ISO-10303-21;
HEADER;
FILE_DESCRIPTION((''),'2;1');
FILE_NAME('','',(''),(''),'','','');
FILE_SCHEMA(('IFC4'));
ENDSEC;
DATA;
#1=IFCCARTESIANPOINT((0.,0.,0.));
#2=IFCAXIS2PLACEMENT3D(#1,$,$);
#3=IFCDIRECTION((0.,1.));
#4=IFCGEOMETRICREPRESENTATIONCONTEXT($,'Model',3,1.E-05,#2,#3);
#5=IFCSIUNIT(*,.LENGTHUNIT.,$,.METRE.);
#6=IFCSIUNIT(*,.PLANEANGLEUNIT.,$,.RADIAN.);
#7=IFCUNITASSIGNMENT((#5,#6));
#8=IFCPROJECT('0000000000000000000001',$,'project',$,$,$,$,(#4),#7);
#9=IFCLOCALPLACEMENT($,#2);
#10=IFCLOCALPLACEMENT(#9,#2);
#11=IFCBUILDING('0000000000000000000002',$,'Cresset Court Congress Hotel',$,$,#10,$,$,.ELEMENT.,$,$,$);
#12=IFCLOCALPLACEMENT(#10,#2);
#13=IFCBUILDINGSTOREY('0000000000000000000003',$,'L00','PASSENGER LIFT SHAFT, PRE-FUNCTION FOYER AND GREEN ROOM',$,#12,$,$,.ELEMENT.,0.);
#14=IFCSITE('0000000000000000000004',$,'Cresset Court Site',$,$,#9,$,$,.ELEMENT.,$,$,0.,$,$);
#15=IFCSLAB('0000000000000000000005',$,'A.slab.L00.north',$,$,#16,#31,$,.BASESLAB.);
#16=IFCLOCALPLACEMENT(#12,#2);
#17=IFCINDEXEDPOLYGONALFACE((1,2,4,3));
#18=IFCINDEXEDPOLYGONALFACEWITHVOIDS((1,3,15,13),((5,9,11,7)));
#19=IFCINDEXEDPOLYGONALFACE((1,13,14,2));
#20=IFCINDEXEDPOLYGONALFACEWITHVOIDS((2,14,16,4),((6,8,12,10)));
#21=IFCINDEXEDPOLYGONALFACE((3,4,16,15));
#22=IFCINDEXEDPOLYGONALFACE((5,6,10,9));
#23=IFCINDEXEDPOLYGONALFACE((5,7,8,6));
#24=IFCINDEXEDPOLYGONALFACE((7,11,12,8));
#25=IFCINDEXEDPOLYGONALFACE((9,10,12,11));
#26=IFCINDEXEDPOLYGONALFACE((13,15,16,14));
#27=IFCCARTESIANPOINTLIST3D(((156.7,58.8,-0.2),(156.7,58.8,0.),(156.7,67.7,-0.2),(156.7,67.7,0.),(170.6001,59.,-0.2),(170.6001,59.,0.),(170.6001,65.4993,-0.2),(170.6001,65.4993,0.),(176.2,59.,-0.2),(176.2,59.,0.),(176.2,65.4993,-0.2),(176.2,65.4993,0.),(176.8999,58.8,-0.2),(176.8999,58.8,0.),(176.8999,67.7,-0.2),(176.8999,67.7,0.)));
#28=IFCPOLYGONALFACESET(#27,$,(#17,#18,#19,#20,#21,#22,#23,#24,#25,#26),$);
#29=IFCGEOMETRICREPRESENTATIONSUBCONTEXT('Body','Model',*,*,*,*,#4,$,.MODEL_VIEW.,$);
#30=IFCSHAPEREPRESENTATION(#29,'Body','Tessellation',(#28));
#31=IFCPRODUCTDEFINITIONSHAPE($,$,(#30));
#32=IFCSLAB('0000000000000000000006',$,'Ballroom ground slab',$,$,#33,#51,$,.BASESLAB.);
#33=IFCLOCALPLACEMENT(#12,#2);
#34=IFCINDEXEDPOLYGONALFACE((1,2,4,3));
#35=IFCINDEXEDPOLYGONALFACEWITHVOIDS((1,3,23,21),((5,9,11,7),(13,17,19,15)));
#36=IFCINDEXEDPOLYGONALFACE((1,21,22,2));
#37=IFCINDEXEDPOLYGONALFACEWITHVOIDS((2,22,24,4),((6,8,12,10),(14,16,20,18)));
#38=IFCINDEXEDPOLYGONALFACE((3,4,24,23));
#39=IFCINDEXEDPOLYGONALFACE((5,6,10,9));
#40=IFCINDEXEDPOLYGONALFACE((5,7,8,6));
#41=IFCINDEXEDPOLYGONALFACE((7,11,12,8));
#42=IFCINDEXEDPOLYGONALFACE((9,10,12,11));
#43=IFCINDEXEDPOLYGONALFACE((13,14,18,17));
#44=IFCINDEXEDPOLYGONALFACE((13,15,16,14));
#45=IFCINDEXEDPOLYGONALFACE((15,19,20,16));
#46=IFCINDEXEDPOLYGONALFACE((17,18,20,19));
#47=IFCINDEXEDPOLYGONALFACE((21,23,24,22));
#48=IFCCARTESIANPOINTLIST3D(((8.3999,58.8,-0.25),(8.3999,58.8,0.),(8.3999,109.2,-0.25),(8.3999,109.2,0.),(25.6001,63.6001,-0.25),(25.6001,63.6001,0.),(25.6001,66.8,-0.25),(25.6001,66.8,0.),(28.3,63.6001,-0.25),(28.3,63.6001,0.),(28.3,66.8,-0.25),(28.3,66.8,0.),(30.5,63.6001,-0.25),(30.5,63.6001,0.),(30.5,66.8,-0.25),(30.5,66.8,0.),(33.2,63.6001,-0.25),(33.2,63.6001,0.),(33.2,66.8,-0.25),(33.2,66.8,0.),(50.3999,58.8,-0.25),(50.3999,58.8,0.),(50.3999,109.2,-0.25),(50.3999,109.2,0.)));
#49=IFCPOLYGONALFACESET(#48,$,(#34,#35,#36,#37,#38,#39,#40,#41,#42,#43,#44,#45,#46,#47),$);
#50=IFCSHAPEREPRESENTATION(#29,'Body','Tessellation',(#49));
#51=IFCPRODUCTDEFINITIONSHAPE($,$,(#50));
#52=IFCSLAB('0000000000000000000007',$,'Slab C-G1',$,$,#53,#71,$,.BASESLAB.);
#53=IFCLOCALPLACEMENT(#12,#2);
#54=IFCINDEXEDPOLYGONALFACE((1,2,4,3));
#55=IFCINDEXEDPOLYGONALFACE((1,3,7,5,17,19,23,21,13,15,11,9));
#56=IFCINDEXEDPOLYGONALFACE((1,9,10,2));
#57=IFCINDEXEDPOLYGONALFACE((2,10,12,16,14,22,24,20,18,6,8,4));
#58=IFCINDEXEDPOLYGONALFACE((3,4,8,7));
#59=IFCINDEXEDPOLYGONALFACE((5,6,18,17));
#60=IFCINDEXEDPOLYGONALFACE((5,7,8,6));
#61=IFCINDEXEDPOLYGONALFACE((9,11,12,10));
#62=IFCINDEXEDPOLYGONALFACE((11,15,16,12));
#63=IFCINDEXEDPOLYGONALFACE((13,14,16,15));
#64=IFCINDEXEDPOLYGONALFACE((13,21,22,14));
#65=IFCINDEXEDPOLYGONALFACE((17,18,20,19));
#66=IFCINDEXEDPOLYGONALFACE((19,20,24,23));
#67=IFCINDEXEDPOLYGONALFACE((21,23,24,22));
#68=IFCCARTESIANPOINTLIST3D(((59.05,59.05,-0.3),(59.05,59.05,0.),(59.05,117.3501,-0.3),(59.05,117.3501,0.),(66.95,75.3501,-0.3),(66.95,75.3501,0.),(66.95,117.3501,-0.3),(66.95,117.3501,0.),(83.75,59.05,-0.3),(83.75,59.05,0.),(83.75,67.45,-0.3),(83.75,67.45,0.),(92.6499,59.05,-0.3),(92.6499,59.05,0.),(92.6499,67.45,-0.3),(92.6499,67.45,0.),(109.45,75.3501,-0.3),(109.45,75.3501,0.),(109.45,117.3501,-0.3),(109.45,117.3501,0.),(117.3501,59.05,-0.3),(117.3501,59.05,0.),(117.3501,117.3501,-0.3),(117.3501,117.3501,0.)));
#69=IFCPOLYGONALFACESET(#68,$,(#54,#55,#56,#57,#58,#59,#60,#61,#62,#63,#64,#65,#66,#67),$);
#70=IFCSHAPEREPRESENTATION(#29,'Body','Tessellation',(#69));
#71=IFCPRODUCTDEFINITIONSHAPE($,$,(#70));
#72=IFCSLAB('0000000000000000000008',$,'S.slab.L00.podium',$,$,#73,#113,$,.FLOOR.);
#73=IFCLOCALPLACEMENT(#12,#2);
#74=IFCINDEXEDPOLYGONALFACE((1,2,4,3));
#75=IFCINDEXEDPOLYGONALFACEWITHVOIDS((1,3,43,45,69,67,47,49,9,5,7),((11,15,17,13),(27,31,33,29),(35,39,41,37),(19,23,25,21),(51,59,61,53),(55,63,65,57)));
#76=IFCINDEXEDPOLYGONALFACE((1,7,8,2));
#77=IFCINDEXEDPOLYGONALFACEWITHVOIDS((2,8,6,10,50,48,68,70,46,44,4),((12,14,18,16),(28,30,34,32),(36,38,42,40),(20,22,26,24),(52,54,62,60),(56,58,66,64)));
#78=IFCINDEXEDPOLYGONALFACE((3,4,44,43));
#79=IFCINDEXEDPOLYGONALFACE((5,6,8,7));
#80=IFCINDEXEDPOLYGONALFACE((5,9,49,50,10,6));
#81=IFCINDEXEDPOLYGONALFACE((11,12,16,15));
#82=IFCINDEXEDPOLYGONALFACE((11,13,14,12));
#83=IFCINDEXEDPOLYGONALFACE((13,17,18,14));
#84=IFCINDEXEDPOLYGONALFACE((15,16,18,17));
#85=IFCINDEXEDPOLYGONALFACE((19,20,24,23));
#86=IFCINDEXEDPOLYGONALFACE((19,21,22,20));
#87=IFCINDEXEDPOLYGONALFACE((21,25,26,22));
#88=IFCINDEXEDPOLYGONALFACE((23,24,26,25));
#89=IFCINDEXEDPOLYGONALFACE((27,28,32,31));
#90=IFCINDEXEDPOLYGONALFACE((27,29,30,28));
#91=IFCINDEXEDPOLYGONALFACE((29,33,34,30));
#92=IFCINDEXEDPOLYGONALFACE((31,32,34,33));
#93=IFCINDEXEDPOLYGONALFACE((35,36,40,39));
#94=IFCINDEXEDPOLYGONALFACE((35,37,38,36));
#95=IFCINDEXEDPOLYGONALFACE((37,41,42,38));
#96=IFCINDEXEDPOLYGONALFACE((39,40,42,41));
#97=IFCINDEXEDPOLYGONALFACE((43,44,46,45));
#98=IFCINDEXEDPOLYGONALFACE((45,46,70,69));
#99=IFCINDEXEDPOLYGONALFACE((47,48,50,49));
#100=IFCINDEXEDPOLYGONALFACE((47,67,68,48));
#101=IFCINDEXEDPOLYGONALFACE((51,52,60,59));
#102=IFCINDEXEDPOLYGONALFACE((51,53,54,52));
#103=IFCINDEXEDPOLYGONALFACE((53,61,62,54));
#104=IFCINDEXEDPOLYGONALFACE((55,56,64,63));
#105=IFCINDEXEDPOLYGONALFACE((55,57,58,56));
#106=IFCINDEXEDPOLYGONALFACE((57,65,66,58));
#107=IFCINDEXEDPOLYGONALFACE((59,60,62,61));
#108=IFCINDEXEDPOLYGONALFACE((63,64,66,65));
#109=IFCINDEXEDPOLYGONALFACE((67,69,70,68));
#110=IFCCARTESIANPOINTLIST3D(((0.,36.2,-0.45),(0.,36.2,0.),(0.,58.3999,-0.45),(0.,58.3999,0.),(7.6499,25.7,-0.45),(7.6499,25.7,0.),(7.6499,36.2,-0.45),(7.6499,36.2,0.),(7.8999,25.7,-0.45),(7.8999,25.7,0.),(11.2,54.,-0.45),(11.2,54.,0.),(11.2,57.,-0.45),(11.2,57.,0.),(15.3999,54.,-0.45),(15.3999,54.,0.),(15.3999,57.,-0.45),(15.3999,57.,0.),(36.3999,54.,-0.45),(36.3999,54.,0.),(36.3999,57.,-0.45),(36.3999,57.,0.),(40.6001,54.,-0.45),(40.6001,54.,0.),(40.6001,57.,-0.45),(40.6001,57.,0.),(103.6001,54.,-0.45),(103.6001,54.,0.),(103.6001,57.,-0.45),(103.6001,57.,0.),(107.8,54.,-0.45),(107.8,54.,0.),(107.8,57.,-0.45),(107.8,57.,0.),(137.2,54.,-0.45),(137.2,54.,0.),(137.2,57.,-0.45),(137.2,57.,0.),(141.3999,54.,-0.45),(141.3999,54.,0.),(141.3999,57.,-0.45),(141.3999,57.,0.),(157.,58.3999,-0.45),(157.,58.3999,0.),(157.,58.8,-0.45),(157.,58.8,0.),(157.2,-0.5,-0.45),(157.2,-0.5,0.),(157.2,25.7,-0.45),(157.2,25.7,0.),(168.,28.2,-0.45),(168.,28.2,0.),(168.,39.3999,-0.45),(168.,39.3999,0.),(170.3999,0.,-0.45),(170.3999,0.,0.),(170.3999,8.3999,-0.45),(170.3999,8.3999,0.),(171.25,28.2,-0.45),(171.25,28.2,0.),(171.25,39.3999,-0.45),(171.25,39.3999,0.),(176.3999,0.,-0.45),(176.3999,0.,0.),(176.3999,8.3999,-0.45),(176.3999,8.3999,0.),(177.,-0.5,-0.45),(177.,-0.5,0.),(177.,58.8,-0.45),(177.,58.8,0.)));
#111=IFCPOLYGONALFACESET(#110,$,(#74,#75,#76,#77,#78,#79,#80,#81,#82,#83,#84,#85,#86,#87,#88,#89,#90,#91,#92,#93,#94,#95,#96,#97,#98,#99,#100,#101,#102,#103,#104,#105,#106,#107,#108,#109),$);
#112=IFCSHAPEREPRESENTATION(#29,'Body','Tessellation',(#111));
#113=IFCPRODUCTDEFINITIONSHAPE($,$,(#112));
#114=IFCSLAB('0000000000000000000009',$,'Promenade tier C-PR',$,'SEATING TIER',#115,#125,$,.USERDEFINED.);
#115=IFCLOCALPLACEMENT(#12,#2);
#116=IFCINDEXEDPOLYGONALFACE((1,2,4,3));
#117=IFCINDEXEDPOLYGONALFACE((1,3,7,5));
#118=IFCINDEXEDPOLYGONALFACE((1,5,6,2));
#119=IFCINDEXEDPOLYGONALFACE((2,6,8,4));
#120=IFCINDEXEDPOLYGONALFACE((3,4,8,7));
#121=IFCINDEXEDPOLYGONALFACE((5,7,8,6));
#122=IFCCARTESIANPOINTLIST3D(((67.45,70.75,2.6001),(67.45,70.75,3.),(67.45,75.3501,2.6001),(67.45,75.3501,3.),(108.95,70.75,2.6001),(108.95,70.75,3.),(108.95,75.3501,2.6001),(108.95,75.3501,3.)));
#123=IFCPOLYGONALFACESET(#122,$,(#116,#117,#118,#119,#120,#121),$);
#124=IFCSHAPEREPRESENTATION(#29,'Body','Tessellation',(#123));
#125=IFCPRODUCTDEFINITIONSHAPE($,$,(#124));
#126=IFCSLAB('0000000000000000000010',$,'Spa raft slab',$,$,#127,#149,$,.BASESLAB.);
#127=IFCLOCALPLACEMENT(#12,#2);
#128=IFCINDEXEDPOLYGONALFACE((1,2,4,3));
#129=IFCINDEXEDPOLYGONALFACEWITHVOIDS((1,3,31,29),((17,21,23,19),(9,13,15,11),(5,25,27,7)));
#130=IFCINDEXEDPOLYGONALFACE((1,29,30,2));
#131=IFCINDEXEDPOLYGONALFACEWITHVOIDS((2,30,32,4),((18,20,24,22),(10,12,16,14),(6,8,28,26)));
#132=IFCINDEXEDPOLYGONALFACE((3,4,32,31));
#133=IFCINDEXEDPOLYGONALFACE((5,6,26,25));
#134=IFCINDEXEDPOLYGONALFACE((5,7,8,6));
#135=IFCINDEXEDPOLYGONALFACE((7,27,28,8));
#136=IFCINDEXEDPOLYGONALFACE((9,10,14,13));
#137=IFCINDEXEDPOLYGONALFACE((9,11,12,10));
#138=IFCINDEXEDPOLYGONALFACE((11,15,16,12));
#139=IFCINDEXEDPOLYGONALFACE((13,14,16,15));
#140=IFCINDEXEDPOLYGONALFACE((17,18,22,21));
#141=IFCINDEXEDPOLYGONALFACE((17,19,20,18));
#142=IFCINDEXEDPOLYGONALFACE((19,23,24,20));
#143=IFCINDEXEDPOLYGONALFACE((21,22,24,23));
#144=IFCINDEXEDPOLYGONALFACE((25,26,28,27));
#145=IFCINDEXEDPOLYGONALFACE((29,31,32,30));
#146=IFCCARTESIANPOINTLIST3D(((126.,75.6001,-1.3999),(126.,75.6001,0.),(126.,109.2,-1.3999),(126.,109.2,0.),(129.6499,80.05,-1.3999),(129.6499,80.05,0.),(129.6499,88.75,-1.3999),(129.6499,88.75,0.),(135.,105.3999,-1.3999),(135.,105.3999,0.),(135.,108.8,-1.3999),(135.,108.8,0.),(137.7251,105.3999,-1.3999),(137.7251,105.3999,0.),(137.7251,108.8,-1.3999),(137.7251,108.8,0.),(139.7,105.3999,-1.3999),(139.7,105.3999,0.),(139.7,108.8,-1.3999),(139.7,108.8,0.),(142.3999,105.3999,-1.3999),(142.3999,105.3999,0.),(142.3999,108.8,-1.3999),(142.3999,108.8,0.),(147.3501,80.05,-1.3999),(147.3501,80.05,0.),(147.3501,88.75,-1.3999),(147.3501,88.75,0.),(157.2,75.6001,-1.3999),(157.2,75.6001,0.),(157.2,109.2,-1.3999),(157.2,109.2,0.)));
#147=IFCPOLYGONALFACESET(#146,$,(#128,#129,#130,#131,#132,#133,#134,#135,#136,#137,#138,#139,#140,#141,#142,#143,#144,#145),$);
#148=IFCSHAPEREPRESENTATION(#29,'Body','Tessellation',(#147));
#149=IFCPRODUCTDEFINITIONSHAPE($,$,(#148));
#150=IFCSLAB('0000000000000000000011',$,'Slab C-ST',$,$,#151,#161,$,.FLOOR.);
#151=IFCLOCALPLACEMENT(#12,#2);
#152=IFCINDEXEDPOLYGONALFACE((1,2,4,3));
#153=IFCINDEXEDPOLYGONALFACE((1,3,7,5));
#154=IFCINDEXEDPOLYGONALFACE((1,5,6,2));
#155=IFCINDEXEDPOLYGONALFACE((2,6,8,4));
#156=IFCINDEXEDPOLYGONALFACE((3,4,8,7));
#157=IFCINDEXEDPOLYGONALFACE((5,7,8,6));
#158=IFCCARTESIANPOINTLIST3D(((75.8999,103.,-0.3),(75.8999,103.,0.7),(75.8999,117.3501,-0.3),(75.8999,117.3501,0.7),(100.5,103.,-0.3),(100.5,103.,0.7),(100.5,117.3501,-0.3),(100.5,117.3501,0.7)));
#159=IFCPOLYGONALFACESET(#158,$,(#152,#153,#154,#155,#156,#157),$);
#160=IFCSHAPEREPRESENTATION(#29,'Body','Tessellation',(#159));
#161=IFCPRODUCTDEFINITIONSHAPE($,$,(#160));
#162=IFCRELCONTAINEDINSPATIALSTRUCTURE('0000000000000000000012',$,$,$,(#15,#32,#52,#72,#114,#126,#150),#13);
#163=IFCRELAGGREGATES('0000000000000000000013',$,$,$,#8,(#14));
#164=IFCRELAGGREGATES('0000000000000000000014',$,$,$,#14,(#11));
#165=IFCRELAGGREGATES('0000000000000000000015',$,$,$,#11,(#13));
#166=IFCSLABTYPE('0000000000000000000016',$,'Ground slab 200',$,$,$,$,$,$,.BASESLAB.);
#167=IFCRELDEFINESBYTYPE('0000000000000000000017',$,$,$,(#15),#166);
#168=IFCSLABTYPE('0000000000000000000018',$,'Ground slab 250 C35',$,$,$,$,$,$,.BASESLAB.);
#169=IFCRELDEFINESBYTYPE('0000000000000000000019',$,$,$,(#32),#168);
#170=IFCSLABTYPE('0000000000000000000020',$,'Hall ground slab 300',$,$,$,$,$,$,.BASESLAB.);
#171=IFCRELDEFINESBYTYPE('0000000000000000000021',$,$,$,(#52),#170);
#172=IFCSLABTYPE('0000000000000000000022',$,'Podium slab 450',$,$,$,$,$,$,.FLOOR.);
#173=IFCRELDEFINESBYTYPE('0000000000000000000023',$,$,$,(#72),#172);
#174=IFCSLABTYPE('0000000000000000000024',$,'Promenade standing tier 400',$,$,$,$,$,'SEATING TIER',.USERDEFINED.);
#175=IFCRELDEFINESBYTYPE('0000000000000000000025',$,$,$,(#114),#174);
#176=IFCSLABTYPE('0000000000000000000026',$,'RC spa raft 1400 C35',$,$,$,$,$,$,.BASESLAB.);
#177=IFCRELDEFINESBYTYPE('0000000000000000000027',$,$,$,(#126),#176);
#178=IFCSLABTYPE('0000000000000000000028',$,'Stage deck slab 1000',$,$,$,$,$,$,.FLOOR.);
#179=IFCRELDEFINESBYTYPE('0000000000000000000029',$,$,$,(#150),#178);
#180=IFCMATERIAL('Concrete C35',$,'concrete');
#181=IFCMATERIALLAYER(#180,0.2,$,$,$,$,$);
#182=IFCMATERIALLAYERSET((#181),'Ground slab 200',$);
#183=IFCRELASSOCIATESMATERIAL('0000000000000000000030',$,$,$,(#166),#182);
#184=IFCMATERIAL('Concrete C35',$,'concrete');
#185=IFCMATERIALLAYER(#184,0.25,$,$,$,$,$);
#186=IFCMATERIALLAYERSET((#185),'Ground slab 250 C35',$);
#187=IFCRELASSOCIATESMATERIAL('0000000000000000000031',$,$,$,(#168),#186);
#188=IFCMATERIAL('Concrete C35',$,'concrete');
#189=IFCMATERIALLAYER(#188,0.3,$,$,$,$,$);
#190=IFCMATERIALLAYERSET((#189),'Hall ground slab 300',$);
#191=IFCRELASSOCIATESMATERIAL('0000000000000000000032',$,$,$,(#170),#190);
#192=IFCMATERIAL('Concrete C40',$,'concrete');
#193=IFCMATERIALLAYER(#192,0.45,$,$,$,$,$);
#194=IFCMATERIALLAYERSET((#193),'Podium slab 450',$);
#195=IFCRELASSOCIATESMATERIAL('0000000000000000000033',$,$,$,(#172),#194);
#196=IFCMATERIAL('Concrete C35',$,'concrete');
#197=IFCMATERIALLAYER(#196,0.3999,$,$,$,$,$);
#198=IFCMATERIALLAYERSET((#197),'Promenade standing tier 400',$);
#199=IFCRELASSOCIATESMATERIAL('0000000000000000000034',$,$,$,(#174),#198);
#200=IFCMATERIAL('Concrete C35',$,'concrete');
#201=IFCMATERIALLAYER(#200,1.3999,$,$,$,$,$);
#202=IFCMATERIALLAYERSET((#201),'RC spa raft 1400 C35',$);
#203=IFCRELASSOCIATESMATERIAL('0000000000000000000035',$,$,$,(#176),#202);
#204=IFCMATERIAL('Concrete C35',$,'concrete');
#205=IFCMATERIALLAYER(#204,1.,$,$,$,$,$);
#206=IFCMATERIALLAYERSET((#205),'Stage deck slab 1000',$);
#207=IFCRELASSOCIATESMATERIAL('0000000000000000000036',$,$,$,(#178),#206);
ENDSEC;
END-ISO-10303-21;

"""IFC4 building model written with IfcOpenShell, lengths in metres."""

from ifc_helpers import new_model, si_unit, direction, frame, origin, place, context, subcontext, project, spatial, polyline, outline, extrude, material, layer, layer_set, type_object, element, save


model = new_model("IFC4")

# Units and contexts
model_context = context("Model", 3, precision=1e-05, world=origin(), true_north=direction((0.0, 1.0)))
body_context = subcontext(model_context, "Body", "Model", "MODEL_VIEW")
ifc_project = project(units=[si_unit("LENGTHUNIT", "METRE"), si_unit("PLANEANGLEUNIT", "RADIAN")], contexts=[model_context])

# Site, building, storey
site_placement = place(None, origin())
site = spatial("IfcSite", under=ifc_project, at=site_placement, Name="Cresset Court Site", CompositionType="ELEMENT", RefElevation=0.0)
building_placement = place(site_placement, origin())
building = spatial("IfcBuilding", under=site, at=building_placement, Name="Cresset Court Congress Hotel", CompositionType="ELEMENT")
storey_placement = place(building_placement, origin())
storey = spatial("IfcBuildingStorey", under=building, at=storey_placement, Name="L00", Description="PASSENGER LIFT SHAFT, PRE-FUNCTION FOYER AND GREEN ROOM", CompositionType="ELEMENT", Elevation=0.0)

# Slabs
ifc_material_1 = material(Name="Concrete C35", Category="concrete")
ifc_layer_1 = layer(ifc_material_1, 0.2)
ifc_layer_set_1 = layer_set([ifc_layer_1], Name="Ground slab 200")
slab_type_1 = type_object("IfcSlabType", Name="Ground slab 200", PredefinedType="BASESLAB", material=ifc_layer_set_1)
slab_1_placement = place(storey_placement, frame((0.0, 0.0, -0.2)))
element("IfcSlab", 1, at=slab_1_placement, inside=storey, type_object=slab_type_1, Name="A.slab.L00.north", PredefinedType="BASESLAB", context=body_context, shape_type="SweptSolid", body=[
    extrude(outline(polyline([(156.7, 58.8), (176.8999, 58.8), (176.8999, 67.7), (156.7, 67.7), (156.7, 58.8)]), holes=[polyline([(170.6001, 59.0), (176.2, 59.0), (176.2, 65.4993), (170.6001, 65.4993), (170.6001, 59.0)])]), origin(), (0.0, 0.0, 1.0), 0.2),
])
ifc_material_2 = material(Name="Concrete C35", Category="concrete")
ifc_layer_2 = layer(ifc_material_2, 0.25)
ifc_layer_set_2 = layer_set([ifc_layer_2], Name="Ground slab 250 C35")
slab_type_2 = type_object("IfcSlabType", Name="Ground slab 250 C35", PredefinedType="BASESLAB", material=ifc_layer_set_2)
slab_2_placement = place(storey_placement, frame((0.0, 0.0, -0.25)))
element("IfcSlab", 2, at=slab_2_placement, inside=storey, type_object=slab_type_2, Name="Ballroom ground slab", PredefinedType="BASESLAB", context=body_context, shape_type="SweptSolid", body=[
    extrude(outline(polyline([(8.3999, 58.8), (50.3999, 58.8), (50.3999, 109.2), (8.3999, 109.2), (8.3999, 58.8)]), holes=[polyline([(25.6001, 63.6001), (28.3, 63.6001), (28.3, 66.8), (25.6001, 66.8), (25.6001, 63.6001)]), polyline([(30.5, 63.6001), (33.2, 63.6001), (33.2, 66.8), (30.5, 66.8), (30.5, 63.6001)])]), origin(), (0.0, 0.0, 1.0), 0.25),
])
ifc_material_3 = material(Name="Concrete C35", Category="concrete")
ifc_layer_3 = layer(ifc_material_3, 0.3)
ifc_layer_set_3 = layer_set([ifc_layer_3], Name="Hall ground slab 300")
slab_type_3 = type_object("IfcSlabType", Name="Hall ground slab 300", PredefinedType="BASESLAB", material=ifc_layer_set_3)
slab_3_placement = place(storey_placement, frame((0.0, 0.0, -0.3)))
element("IfcSlab", 3, at=slab_3_placement, inside=storey, type_object=slab_type_3, Name="Slab C-G1", PredefinedType="BASESLAB", context=body_context, shape_type="SweptSolid", body=[
    extrude(outline(polyline([(117.3501, 59.05), (92.6499, 59.05), (92.6499, 67.45), (83.75, 67.45), (83.75, 59.05), (59.05, 59.05), (59.05, 117.3501), (66.95, 117.3501), (66.95, 75.3501), (109.45, 75.3501), (109.45, 117.3501), (117.3501, 117.3501), (117.3501, 59.05)])), origin(), (0.0, 0.0, 1.0), 0.3),
])
ifc_material_4 = material(Name="Concrete C40", Category="concrete")
ifc_layer_4 = layer(ifc_material_4, 0.45)
ifc_layer_set_4 = layer_set([ifc_layer_4], Name="Podium slab 450")
slab_type_4 = type_object("IfcSlabType", Name="Podium slab 450", PredefinedType="FLOOR", material=ifc_layer_set_4)
slab_4_placement = place(storey_placement, frame((0.0, 0.0, -0.45)))
element("IfcSlab", 4, at=slab_4_placement, inside=storey, type_object=slab_type_4, Name="S.slab.L00.podium", PredefinedType="FLOOR", context=body_context, shape_type="SweptSolid", body=[
    extrude(outline(polyline([(7.6499, 36.2), (0.0, 36.2), (0.0, 58.3999), (157.0, 58.3999), (157.0, 58.8), (177.0, 58.8), (177.0, -0.5), (157.2, -0.5), (157.2, 25.7), (7.8999, 25.7), (7.6499, 25.7), (7.6499, 36.2)]), holes=[polyline([(11.2, 57.0), (15.3999, 57.0), (15.3999, 54.0), (11.2, 54.0), (11.2, 57.0)]), polyline([(36.3999, 57.0), (40.6001, 57.0), (40.6001, 54.0), (36.3999, 54.0), (36.3999, 57.0)]), polyline([(103.6001, 57.0), (107.8, 57.0), (107.8, 54.0), (103.6001, 54.0), (103.6001, 57.0)]), polyline([(137.2, 57.0), (141.3999, 57.0), (141.3999, 54.0), (137.2, 54.0), (137.2, 57.0)]), polyline([(168.0, 39.3999), (171.25, 39.3999), (171.25, 28.2), (168.0, 28.2), (168.0, 39.3999)]), polyline([(170.3999, 0.0), (170.3999, 8.3999), (176.3999, 8.3999), (176.3999, 0.0), (170.3999, 0.0)])]), origin(), (0.0, 0.0, 1.0), 0.45),
])
ifc_material_5 = material(Name="Concrete C35", Category="concrete")
ifc_layer_5 = layer(ifc_material_5, 0.3999)
ifc_layer_set_5 = layer_set([ifc_layer_5], Name="Promenade standing tier 400")
slab_type_5 = type_object("IfcSlabType", Name="Promenade standing tier 400", ElementType="SEATING TIER", PredefinedType="USERDEFINED", material=ifc_layer_set_5)
slab_5_placement = place(storey_placement, frame((0.0, 0.0, 2.6001)))
element("IfcSlab", 5, at=slab_5_placement, inside=storey, type_object=slab_type_5, Name="Promenade tier C-PR", ObjectType="SEATING TIER", PredefinedType="USERDEFINED", context=body_context, shape_type="SweptSolid", body=[
    extrude(outline(polyline([(108.95, 70.75), (108.95, 75.3501), (67.45, 75.3501), (67.45, 70.75), (108.95, 70.75)])), origin(), (0.0, 0.0, 1.0), 0.3999),
])
ifc_material_6 = material(Name="Concrete C35", Category="concrete")
ifc_layer_6 = layer(ifc_material_6, 1.3999)
ifc_layer_set_6 = layer_set([ifc_layer_6], Name="RC spa raft 1400 C35")
slab_type_6 = type_object("IfcSlabType", Name="RC spa raft 1400 C35", PredefinedType="BASESLAB", material=ifc_layer_set_6)
slab_6_placement = place(storey_placement, frame((0.0, 0.0, -1.3999)))
element("IfcSlab", 6, at=slab_6_placement, inside=storey, type_object=slab_type_6, Name="Spa raft slab", PredefinedType="BASESLAB", context=body_context, shape_type="SweptSolid", body=[
    extrude(outline(polyline([(126.0, 75.6001), (157.2, 75.6001), (157.2, 109.2), (126.0, 109.2), (126.0, 75.6001)]), holes=[polyline([(129.6499, 80.05), (147.3501, 80.05), (147.3501, 88.75), (129.6499, 88.75), (129.6499, 80.05)]), polyline([(135.0, 105.3999), (137.7251, 105.3999), (137.7251, 108.8), (135.0, 108.8), (135.0, 105.3999)]), polyline([(139.7, 105.3999), (142.3999, 105.3999), (142.3999, 108.8), (139.7, 108.8), (139.7, 105.3999)])]), origin(), (0.0, 0.0, 1.0), 1.3999),
])
ifc_material_7 = material(Name="Concrete C35", Category="concrete")
ifc_layer_7 = layer(ifc_material_7, 1.0)
ifc_layer_set_7 = layer_set([ifc_layer_7], Name="Stage deck slab 1000")
slab_type_7 = type_object("IfcSlabType", Name="Stage deck slab 1000", PredefinedType="FLOOR", material=ifc_layer_set_7)
slab_7_placement = place(storey_placement, frame((0.0, 0.0, -0.3)))
element("IfcSlab", 7, at=slab_7_placement, inside=storey, type_object=slab_type_7, Name="Slab C-ST", PredefinedType="FLOOR", context=body_context, shape_type="SweptSolid", body=[
    extrude(outline(polyline([(100.5, 103.0), (100.5, 117.3501), (75.8999, 117.3501), (75.8999, 103.0), (100.5, 103.0)])), origin(), (0.0, 0.0, 1.0), 1.0),
])

save(model, "model.ifc")
